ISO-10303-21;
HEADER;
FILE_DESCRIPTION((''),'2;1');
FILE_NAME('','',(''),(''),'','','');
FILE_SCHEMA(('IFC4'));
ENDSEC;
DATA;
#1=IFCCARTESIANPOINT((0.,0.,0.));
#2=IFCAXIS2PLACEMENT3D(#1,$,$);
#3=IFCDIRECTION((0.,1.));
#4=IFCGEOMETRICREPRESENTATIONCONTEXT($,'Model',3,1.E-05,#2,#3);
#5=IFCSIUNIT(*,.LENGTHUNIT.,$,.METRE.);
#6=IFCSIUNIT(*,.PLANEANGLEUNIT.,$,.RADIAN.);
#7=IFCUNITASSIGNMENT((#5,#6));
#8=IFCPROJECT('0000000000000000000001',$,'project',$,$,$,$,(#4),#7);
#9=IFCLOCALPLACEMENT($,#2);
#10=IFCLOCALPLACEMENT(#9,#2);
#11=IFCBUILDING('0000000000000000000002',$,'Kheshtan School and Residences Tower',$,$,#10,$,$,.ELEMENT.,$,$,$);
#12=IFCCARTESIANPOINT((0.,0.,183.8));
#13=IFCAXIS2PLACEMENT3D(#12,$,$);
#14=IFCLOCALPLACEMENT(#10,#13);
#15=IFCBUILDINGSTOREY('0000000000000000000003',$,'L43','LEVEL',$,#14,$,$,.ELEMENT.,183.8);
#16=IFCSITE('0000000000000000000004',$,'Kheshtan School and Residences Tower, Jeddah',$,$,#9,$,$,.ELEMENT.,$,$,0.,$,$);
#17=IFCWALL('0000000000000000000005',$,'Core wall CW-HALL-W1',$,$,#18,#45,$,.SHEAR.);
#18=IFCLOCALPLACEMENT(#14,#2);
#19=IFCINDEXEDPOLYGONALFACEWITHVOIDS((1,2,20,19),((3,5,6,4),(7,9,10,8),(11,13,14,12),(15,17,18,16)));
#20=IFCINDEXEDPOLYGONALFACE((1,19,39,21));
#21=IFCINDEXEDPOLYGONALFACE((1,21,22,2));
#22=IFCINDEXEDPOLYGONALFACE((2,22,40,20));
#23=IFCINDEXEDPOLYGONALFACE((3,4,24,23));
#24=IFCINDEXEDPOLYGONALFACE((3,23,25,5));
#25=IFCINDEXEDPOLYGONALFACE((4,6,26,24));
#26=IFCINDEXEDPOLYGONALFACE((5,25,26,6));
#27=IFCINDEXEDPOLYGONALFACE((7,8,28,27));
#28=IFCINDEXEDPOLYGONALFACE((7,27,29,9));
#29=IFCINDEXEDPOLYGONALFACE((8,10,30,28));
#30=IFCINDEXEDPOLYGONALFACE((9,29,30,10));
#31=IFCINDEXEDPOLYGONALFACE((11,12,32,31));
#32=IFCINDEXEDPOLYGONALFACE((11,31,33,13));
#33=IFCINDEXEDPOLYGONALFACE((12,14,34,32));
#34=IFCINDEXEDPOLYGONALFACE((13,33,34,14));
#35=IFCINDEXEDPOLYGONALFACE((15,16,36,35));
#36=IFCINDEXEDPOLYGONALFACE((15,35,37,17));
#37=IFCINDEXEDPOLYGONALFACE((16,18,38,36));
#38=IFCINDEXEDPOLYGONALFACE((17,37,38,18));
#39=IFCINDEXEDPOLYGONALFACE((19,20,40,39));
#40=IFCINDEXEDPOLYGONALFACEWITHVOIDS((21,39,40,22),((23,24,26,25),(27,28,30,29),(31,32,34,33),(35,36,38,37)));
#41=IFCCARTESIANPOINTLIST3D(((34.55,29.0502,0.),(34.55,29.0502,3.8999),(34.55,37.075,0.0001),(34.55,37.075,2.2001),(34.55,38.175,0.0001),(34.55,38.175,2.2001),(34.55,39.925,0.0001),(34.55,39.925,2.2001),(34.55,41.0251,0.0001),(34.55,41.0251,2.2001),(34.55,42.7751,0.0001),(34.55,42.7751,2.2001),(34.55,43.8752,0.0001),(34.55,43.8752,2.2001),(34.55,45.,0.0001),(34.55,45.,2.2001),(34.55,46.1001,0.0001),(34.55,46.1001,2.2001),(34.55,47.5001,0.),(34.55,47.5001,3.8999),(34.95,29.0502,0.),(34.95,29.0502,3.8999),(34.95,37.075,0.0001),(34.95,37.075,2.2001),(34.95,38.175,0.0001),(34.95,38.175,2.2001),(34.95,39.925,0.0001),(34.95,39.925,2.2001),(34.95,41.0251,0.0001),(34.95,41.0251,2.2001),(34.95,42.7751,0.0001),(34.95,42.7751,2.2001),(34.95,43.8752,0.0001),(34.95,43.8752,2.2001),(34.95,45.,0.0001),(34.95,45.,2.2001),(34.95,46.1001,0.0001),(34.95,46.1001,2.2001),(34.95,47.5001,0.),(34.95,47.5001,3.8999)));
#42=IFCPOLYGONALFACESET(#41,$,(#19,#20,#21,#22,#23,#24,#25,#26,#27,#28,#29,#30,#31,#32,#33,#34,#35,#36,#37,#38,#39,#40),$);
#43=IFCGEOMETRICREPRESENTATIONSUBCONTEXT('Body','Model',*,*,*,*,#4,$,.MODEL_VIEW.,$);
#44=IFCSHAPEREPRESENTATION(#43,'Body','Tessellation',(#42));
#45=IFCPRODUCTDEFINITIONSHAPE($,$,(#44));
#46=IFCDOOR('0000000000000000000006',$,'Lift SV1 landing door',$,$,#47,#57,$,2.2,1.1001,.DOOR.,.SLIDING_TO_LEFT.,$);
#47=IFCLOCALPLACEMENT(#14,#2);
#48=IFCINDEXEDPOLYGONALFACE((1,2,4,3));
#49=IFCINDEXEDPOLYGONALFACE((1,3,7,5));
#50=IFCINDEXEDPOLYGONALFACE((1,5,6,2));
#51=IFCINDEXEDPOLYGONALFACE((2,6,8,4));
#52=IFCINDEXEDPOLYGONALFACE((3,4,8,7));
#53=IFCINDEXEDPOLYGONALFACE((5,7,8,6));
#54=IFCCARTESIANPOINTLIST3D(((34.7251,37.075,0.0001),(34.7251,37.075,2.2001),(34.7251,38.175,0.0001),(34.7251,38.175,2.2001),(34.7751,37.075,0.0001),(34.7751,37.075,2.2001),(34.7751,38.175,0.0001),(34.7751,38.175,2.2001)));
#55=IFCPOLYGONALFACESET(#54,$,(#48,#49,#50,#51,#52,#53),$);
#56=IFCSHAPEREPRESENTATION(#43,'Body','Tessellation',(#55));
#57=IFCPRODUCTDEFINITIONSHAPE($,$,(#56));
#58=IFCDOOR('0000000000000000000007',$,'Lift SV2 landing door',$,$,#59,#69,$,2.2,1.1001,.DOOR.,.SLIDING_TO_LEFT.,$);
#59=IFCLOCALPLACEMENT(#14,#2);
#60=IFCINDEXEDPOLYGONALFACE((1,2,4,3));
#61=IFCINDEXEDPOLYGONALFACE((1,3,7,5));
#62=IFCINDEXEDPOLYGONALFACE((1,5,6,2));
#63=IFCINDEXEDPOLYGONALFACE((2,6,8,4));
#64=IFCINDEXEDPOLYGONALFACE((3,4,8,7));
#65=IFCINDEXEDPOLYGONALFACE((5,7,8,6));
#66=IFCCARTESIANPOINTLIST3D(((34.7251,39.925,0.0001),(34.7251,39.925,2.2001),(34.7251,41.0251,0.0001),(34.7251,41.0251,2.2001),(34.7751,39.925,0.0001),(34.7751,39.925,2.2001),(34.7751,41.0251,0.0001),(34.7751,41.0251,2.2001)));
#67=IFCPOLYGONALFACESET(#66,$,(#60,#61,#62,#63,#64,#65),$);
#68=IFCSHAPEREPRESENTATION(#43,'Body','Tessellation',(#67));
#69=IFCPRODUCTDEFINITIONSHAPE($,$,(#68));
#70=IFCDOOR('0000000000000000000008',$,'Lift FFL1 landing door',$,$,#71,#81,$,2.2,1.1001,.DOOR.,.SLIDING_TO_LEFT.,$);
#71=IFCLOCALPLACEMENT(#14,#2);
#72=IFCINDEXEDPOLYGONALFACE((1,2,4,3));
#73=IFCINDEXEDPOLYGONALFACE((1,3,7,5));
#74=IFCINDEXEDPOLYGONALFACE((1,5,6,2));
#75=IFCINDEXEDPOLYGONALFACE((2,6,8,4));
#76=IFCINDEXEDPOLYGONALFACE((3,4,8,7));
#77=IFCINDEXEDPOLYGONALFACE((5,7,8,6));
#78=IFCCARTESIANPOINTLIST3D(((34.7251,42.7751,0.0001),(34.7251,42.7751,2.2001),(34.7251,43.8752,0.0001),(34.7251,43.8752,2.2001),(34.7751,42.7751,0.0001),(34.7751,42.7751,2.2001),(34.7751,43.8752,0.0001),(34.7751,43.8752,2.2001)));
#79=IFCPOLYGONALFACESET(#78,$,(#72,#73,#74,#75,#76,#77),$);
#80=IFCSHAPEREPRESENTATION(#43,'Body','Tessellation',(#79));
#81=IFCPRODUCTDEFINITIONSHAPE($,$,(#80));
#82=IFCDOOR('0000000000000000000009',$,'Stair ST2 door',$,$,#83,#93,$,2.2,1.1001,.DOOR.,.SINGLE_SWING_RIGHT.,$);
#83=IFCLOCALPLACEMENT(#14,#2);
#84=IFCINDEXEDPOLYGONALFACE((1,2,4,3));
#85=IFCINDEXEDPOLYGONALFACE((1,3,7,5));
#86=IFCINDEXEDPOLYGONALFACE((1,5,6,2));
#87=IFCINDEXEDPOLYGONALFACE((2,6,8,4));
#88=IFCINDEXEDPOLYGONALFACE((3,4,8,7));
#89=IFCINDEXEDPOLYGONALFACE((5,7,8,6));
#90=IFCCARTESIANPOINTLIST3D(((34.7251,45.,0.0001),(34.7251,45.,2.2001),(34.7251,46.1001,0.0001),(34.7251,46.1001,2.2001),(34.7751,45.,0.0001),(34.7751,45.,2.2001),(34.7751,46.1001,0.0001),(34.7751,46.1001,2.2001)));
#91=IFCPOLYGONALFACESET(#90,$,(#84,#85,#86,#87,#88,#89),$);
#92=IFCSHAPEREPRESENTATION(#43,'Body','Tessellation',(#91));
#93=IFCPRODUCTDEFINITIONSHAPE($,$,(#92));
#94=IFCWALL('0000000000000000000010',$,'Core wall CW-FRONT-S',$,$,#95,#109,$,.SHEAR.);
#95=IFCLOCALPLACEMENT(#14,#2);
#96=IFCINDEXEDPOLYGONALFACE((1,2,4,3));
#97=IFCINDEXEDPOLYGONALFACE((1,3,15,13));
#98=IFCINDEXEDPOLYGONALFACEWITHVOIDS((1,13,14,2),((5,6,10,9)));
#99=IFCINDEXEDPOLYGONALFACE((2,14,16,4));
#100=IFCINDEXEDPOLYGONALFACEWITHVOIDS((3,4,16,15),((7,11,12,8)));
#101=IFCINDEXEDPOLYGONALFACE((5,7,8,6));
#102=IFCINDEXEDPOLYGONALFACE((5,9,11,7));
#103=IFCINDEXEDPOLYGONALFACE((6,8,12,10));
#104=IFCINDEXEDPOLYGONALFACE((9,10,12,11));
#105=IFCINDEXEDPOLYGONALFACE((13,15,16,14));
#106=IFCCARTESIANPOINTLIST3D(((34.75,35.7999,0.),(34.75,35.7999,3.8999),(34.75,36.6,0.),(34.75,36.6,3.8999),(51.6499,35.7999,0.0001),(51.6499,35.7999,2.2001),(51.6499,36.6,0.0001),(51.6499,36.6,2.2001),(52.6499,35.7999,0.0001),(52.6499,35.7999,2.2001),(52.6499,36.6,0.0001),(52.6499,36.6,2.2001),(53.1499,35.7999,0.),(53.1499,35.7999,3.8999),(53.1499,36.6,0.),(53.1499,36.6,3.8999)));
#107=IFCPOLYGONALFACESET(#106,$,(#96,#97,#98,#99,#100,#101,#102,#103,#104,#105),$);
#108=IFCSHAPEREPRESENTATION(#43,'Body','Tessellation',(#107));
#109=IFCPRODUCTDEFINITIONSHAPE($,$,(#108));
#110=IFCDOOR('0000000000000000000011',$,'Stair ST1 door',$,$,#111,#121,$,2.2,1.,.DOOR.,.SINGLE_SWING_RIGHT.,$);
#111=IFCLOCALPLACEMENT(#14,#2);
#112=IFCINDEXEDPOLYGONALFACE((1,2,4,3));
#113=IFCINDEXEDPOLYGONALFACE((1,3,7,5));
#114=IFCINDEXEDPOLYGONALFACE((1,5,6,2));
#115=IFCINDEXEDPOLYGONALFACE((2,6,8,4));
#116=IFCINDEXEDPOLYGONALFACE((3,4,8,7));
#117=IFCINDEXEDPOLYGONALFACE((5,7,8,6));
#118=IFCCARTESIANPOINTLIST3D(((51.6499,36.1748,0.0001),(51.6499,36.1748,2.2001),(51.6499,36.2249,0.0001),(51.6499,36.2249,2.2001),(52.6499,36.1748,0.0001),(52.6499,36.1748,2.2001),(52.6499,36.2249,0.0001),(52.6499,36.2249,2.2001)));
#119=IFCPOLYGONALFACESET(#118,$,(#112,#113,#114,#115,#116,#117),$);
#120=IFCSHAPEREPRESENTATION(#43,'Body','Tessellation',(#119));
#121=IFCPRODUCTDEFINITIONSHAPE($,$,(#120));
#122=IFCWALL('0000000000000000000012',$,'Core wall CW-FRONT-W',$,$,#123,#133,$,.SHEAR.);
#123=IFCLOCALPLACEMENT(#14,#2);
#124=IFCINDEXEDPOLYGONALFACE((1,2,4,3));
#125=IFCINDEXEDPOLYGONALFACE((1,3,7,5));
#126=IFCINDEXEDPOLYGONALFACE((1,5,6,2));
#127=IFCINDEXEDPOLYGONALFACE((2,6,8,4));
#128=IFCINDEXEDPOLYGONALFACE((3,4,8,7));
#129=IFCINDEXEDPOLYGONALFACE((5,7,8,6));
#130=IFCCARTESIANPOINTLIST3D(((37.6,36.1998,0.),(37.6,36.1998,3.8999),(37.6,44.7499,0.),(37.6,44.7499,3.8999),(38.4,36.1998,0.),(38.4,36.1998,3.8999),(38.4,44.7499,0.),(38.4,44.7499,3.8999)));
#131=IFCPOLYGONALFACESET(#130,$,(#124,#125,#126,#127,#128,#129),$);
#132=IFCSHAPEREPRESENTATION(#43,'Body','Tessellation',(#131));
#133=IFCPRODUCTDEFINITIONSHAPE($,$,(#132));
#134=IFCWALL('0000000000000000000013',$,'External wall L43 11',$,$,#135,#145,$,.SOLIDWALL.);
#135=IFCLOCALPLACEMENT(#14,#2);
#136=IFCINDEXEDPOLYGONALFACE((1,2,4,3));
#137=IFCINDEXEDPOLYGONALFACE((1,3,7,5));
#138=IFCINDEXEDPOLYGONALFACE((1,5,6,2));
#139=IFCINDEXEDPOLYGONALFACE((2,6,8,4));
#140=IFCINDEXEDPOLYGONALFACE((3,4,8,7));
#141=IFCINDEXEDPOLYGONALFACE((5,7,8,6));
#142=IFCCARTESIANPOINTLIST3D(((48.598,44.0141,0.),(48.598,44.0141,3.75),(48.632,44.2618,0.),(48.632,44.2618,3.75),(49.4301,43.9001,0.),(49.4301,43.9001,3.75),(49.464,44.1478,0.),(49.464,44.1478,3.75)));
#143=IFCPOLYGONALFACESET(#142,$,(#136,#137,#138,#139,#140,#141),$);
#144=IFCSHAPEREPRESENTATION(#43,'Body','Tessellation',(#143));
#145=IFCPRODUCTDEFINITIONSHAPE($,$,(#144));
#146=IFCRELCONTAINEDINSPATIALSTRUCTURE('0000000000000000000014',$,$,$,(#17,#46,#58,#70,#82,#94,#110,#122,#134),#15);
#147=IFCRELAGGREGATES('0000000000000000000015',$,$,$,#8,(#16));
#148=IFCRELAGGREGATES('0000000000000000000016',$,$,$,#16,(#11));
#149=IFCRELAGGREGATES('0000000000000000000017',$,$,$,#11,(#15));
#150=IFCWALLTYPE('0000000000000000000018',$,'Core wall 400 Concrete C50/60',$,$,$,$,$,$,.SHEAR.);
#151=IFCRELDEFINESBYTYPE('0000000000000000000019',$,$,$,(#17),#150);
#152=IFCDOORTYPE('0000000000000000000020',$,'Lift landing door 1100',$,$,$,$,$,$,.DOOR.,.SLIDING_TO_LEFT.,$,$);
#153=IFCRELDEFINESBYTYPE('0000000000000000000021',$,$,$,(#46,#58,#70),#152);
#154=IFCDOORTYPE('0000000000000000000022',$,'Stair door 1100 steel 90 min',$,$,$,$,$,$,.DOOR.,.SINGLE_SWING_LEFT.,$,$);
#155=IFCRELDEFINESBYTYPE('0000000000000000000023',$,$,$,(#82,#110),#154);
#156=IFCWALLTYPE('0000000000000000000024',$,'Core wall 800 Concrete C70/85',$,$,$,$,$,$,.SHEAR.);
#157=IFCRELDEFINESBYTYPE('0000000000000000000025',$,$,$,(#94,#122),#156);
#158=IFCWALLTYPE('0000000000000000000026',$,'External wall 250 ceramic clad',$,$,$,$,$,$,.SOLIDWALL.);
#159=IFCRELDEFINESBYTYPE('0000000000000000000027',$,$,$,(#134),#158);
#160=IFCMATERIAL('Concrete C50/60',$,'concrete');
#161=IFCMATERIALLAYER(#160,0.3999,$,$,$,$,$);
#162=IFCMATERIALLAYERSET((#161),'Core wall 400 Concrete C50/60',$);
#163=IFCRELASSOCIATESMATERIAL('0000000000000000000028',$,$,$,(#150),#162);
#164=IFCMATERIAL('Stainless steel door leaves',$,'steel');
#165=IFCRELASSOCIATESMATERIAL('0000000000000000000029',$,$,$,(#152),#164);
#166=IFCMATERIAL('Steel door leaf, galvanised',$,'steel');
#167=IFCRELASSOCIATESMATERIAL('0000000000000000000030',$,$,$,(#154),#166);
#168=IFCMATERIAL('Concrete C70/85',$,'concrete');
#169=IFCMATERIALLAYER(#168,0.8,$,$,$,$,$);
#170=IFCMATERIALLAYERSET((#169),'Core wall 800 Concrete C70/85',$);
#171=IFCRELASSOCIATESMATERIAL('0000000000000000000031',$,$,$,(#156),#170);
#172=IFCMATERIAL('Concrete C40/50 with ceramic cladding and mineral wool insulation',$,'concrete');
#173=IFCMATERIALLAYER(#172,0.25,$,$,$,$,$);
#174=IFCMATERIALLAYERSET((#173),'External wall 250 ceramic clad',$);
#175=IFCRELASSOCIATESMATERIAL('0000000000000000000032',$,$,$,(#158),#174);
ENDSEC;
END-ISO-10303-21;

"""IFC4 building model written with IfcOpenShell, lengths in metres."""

from ifc_helpers import new_model, si_unit, direction, frame, frame_2d, origin, place, context, subcontext, project, spatial, rectangle, extrude, source, transform, mapped, material, layer, layer_set, type_object, element, fill, save


model = new_model("IFC4")

# Units and contexts
model_context = context("Model", 3, precision=1e-05, world=origin(), true_north=direction((0.0, 1.0)))
body_context = subcontext(model_context, "Body", "Model", "MODEL_VIEW")
ifc_project = project(units=[si_unit("LENGTHUNIT", "METRE"), si_unit("PLANEANGLEUNIT", "RADIAN")], contexts=[model_context])

# Site, building, storey
site_placement = place(None, origin())
site = spatial("IfcSite", under=ifc_project, at=site_placement, Name="Kheshtan School and Residences Tower, Jeddah", CompositionType="ELEMENT", RefElevation=0.0)
building_placement = place(site_placement, origin())
building = spatial("IfcBuilding", under=site, at=building_placement, Name="Kheshtan School and Residences Tower", CompositionType="ELEMENT")
storey_placement = place(building_placement, frame((0.0, 0.0, 183.8)))
storey = spatial("IfcBuildingStorey", under=building, at=storey_placement, Name="L43", Description="LEVEL", CompositionType="ELEMENT", Elevation=183.8)

# Shared definitions
ifc_material_1 = material(Name="Concrete C50/60", Category="concrete")
ifc_layer_1 = layer(ifc_material_1, 0.3999)
ifc_layer_set_1 = layer_set([ifc_layer_1], Name="Core wall 400 Concrete C50/60")
wall_type_1 = type_object("IfcWallType", Name="Core wall 400 Concrete C50/60", PredefinedType="SHEAR", material=ifc_layer_set_1)
ifc_material_2 = material(Name="Stainless steel door leaves", Category="steel")
door_type_1 = type_object("IfcDoorType", Name="Lift landing door 1100", OperationType="SLIDING_TO_LEFT", PredefinedType="DOOR", material=ifc_material_2)
shared_shape_1 = source(origin(), body_context, "Body", "SweptSolid", [
    extrude(rectangle(XDim=1.1001, YDim=2.2, at=frame_2d((0.55, 1.1001))), frame((0.0, 0.0249, 0.0), z_axis=(0.0, -1.0, 0.0), x_axis=(1.0, 0.0, 0.0)), (0.0, 0.0, 1.0), 0.05),
])

# Wall, openings, doors
wall_1_placement = place(storey_placement, frame((34.75, 29.05, 0.0), z_axis=(0.0, 0.0, 1.0), x_axis=(0.0, 1.0, 0.0)))
wall_1 = element("IfcWall", 1, at=wall_1_placement, inside=storey, type_object=wall_type_1, Name="Core wall CW-HALL-W1", PredefinedType="SHEAR", context=body_context, shape_type="SweptSolid", body=[
    extrude(rectangle(XDim=18.45, YDim=0.3999, at=frame_2d((9.2251, 0.0))), origin(), (0.0, 0.0, 1.0), 3.8999),
])
opening_1_placement = place(wall_1_placement, frame((8.0249, 0.0, 0.0)))
opening_1 = element("IfcOpeningElement", 2, at=opening_1_placement, cuts=wall_1, PredefinedType="OPENING", context=body_context, shape_type="SweptSolid", body=[
    extrude(rectangle(XDim=1.1001, YDim=2.2, at=frame_2d((0.55, 1.1001))), frame((0.0, 0.21, 0.0), z_axis=(0.0, -1.0, 0.0), x_axis=(1.0, 0.0, 0.0)), (0.0, 0.0, 1.0), 0.4199),
])
opening_2_placement = place(wall_1_placement, frame((10.875, 0.0, 0.0)))
opening_2 = element("IfcOpeningElement", 3, at=opening_2_placement, cuts=wall_1, PredefinedType="OPENING", context=body_context, shape_type="SweptSolid", body=[
    extrude(rectangle(XDim=1.1001, YDim=2.2, at=frame_2d((0.55, 1.1001))), frame((0.0, 0.21, 0.0), z_axis=(0.0, -1.0, 0.0), x_axis=(1.0, 0.0, 0.0)), (0.0, 0.0, 1.0), 0.4199),
])
opening_3_placement = place(wall_1_placement, frame((13.7251, 0.0, 0.0)))
opening_3 = element("IfcOpeningElement", 4, at=opening_3_placement, cuts=wall_1, PredefinedType="OPENING", context=body_context, shape_type="SweptSolid", body=[
    extrude(rectangle(XDim=1.1001, YDim=2.2, at=frame_2d((0.55, 1.1001))), frame((0.0, 0.21, 0.0), z_axis=(0.0, -1.0, 0.0), x_axis=(1.0, 0.0, 0.0)), (0.0, 0.0, 1.0), 0.4199),
])
opening_4_placement = place(wall_1_placement, frame((15.95, 0.0, 0.0)))
opening_4 = element("IfcOpeningElement", 5, at=opening_4_placement, cuts=wall_1, PredefinedType="OPENING", context=body_context, shape_type="SweptSolid", body=[
    extrude(rectangle(XDim=1.1001, YDim=2.2, at=frame_2d((0.55, 1.1001))), frame((0.0, 0.21, 0.0), z_axis=(0.0, -1.0, 0.0), x_axis=(1.0, 0.0, 0.0)), (0.0, 0.0, 1.0), 0.4199),
])
door_1_placement = place(opening_1_placement, origin())
door_1 = element("IfcDoor", 6, at=door_1_placement, inside=storey, type_object=door_type_1, Name="Lift SV1 landing door", OperationType="SLIDING_TO_LEFT", OverallHeight=2.2, OverallWidth=1.1001, PredefinedType="DOOR", context=body_context, shape_type="MappedRepresentation", body=[
    mapped(shared_shape_1, transform((0.0, 0.0, 0.0), x_axis=(1.0, 0.0, 0.0), y_axis=(0.0, 1.0, 0.0), z_axis=(0.0, 0.0, 1.0), scale=1.0)),
])
fill(opening_1, door_1)
door_2_placement = place(opening_2_placement, origin())
door_2 = element("IfcDoor", 7, at=door_2_placement, inside=storey, type_object=door_type_1, Name="Lift SV2 landing door", OperationType="SLIDING_TO_LEFT", OverallHeight=2.2, OverallWidth=1.1001, PredefinedType="DOOR", context=body_context, shape_type="MappedRepresentation", body=[
    mapped(shared_shape_1, transform((0.0, 0.0, 0.0), x_axis=(1.0, 0.0, 0.0), y_axis=(0.0, 1.0, 0.0), z_axis=(0.0, 0.0, 1.0), scale=1.0)),
])
fill(opening_2, door_2)
door_3_placement = place(opening_3_placement, origin())
door_3 = element("IfcDoor", 8, at=door_3_placement, inside=storey, type_object=door_type_1, Name="Lift FFL1 landing door", OperationType="SLIDING_TO_LEFT", OverallHeight=2.2, OverallWidth=1.1001, PredefinedType="DOOR", context=body_context, shape_type="MappedRepresentation", body=[
    mapped(shared_shape_1, transform((0.0, 0.0, 0.0), x_axis=(1.0, 0.0, 0.0), y_axis=(0.0, 1.0, 0.0), z_axis=(0.0, 0.0, 1.0), scale=1.0)),
])
fill(opening_3, door_3)
ifc_material_3 = material(Name="Steel door leaf, galvanised", Category="steel")
door_type_2 = type_object("IfcDoorType", Name="Stair door 1100 steel 90 min", OperationType="SINGLE_SWING_LEFT", PredefinedType="DOOR", material=ifc_material_3)
shared_shape_2 = source(origin(), body_context, "Body", "SweptSolid", [
    extrude(rectangle(XDim=1.1001, YDim=2.2, at=frame_2d((0.55, 1.1001))), frame((0.0, 0.0249, 0.0), z_axis=(0.0, -1.0, 0.0), x_axis=(1.0, 0.0, 0.0)), (0.0, 0.0, 1.0), 0.05),
])
door_4_placement = place(opening_4_placement, origin())
door_4 = element("IfcDoor", 9, at=door_4_placement, inside=storey, type_object=door_type_2, Name="Stair ST2 door", OperationType="SINGLE_SWING_RIGHT", OverallHeight=2.2, OverallWidth=1.1001, PredefinedType="DOOR", context=body_context, shape_type="MappedRepresentation", body=[
    mapped(shared_shape_2, transform((0.0, 0.0, 0.0), x_axis=(1.0, 0.0, 0.0), y_axis=(0.0, 1.0, 0.0), z_axis=(0.0, 0.0, 1.0), scale=1.0)),
])
fill(opening_4, door_4)

# Wall, opening, door
ifc_material_4 = material(Name="Concrete C70/85", Category="concrete")
ifc_layer_2 = layer(ifc_material_4, 0.8)
ifc_layer_set_2 = layer_set([ifc_layer_2], Name="Core wall 800 Concrete C70/85")
wall_type_2 = type_object("IfcWallType", Name="Core wall 800 Concrete C70/85", PredefinedType="SHEAR", material=ifc_layer_set_2)
wall_2_placement = place(storey_placement, frame((34.75, 36.2, 0.0), z_axis=(0.0, 0.0, 1.0), x_axis=(1.0, 0.0, 0.0)))
wall_2 = element("IfcWall", 10, at=wall_2_placement, inside=storey, type_object=wall_type_2, Name="Core wall CW-FRONT-S", PredefinedType="SHEAR", context=body_context, shape_type="SweptSolid", body=[
    extrude(rectangle(XDim=18.3999, YDim=0.8, at=frame_2d((9.2, 0.0))), origin(), (0.0, 0.0, 1.0), 3.8999),
])
opening_5_placement = place(wall_2_placement, frame((16.8999, 0.0, 0.0)))
opening_5 = element("IfcOpeningElement", 11, at=opening_5_placement, cuts=wall_2, PredefinedType="OPENING", context=body_context, shape_type="SweptSolid", body=[
    extrude(rectangle(XDim=1.0, YDim=2.2, at=frame_2d((0.5, 1.1001))), frame((0.0, 0.4102, 0.0), z_axis=(0.0, -1.0, 0.0), x_axis=(1.0, 0.0, 0.0)), (0.0, 0.0, 1.0), 0.8201),
])
shared_shape_3 = source(origin(), body_context, "Body", "SweptSolid", [
    extrude(rectangle(XDim=1.0, YDim=2.2, at=frame_2d((0.5, 1.1001))), frame((0.0, 0.0249, 0.0), z_axis=(0.0, -1.0, 0.0), x_axis=(1.0, 0.0, 0.0)), (0.0, 0.0, 1.0), 0.05),
])
door_5_placement = place(opening_5_placement, origin())
door_5 = element("IfcDoor", 12, at=door_5_placement, inside=storey, type_object=door_type_2, Name="Stair ST1 door", OperationType="SINGLE_SWING_RIGHT", OverallHeight=2.2, OverallWidth=1.0, PredefinedType="DOOR", context=body_context, shape_type="MappedRepresentation", body=[
    mapped(shared_shape_3, transform((0.0, 0.0, 0.0), x_axis=(1.0, 0.0, 0.0), y_axis=(0.0, 1.0, 0.0), z_axis=(0.0, 0.0, 1.0), scale=1.0)),
])
fill(opening_5, door_5)

# Walls
wall_3_placement = place(storey_placement, frame((38.0, 36.2, 0.0), z_axis=(0.0, 0.0, 1.0), x_axis=(0.0, 1.0, 0.0)))
element("IfcWall", 13, at=wall_3_placement, inside=storey, type_object=wall_type_2, Name="Core wall CW-FRONT-W", PredefinedType="SHEAR", context=body_context, shape_type="SweptSolid", body=[
    extrude(rectangle(XDim=8.55, YDim=0.8, at=frame_2d((4.2749, 0.0))), origin(), (0.0, 0.0, 1.0), 3.8999),
])
ifc_material_5 = material(Name="Concrete C40/50 with ceramic cladding and mineral wool insulation", Category="concrete")
ifc_layer_3 = layer(ifc_material_5, 0.25)
ifc_layer_set_3 = layer_set([ifc_layer_3], Name="External wall 250 ceramic clad")
wall_type_3 = type_object("IfcWallType", Name="External wall 250 ceramic clad", PredefinedType="SOLIDWALL", material=ifc_layer_set_3)
wall_4_placement = place(storey_placement, frame((48.615, 44.1379, 0.0), z_axis=(0.0, 0.0, 1.0), x_axis=(0.990742, -0.135762, 0.0)))
element("IfcWall", 14, at=wall_4_placement, inside=storey, type_object=wall_type_3, Name="External wall L43 11", PredefinedType="SOLIDWALL", context=body_context, shape_type="SweptSolid", body=[
    extrude(rectangle(XDim=0.8398, YDim=0.25, at=frame_2d((0.4199, 0.0))), origin(), (0.0, 0.0, 1.0), 3.75),
])

save(model, "model.ifc")
